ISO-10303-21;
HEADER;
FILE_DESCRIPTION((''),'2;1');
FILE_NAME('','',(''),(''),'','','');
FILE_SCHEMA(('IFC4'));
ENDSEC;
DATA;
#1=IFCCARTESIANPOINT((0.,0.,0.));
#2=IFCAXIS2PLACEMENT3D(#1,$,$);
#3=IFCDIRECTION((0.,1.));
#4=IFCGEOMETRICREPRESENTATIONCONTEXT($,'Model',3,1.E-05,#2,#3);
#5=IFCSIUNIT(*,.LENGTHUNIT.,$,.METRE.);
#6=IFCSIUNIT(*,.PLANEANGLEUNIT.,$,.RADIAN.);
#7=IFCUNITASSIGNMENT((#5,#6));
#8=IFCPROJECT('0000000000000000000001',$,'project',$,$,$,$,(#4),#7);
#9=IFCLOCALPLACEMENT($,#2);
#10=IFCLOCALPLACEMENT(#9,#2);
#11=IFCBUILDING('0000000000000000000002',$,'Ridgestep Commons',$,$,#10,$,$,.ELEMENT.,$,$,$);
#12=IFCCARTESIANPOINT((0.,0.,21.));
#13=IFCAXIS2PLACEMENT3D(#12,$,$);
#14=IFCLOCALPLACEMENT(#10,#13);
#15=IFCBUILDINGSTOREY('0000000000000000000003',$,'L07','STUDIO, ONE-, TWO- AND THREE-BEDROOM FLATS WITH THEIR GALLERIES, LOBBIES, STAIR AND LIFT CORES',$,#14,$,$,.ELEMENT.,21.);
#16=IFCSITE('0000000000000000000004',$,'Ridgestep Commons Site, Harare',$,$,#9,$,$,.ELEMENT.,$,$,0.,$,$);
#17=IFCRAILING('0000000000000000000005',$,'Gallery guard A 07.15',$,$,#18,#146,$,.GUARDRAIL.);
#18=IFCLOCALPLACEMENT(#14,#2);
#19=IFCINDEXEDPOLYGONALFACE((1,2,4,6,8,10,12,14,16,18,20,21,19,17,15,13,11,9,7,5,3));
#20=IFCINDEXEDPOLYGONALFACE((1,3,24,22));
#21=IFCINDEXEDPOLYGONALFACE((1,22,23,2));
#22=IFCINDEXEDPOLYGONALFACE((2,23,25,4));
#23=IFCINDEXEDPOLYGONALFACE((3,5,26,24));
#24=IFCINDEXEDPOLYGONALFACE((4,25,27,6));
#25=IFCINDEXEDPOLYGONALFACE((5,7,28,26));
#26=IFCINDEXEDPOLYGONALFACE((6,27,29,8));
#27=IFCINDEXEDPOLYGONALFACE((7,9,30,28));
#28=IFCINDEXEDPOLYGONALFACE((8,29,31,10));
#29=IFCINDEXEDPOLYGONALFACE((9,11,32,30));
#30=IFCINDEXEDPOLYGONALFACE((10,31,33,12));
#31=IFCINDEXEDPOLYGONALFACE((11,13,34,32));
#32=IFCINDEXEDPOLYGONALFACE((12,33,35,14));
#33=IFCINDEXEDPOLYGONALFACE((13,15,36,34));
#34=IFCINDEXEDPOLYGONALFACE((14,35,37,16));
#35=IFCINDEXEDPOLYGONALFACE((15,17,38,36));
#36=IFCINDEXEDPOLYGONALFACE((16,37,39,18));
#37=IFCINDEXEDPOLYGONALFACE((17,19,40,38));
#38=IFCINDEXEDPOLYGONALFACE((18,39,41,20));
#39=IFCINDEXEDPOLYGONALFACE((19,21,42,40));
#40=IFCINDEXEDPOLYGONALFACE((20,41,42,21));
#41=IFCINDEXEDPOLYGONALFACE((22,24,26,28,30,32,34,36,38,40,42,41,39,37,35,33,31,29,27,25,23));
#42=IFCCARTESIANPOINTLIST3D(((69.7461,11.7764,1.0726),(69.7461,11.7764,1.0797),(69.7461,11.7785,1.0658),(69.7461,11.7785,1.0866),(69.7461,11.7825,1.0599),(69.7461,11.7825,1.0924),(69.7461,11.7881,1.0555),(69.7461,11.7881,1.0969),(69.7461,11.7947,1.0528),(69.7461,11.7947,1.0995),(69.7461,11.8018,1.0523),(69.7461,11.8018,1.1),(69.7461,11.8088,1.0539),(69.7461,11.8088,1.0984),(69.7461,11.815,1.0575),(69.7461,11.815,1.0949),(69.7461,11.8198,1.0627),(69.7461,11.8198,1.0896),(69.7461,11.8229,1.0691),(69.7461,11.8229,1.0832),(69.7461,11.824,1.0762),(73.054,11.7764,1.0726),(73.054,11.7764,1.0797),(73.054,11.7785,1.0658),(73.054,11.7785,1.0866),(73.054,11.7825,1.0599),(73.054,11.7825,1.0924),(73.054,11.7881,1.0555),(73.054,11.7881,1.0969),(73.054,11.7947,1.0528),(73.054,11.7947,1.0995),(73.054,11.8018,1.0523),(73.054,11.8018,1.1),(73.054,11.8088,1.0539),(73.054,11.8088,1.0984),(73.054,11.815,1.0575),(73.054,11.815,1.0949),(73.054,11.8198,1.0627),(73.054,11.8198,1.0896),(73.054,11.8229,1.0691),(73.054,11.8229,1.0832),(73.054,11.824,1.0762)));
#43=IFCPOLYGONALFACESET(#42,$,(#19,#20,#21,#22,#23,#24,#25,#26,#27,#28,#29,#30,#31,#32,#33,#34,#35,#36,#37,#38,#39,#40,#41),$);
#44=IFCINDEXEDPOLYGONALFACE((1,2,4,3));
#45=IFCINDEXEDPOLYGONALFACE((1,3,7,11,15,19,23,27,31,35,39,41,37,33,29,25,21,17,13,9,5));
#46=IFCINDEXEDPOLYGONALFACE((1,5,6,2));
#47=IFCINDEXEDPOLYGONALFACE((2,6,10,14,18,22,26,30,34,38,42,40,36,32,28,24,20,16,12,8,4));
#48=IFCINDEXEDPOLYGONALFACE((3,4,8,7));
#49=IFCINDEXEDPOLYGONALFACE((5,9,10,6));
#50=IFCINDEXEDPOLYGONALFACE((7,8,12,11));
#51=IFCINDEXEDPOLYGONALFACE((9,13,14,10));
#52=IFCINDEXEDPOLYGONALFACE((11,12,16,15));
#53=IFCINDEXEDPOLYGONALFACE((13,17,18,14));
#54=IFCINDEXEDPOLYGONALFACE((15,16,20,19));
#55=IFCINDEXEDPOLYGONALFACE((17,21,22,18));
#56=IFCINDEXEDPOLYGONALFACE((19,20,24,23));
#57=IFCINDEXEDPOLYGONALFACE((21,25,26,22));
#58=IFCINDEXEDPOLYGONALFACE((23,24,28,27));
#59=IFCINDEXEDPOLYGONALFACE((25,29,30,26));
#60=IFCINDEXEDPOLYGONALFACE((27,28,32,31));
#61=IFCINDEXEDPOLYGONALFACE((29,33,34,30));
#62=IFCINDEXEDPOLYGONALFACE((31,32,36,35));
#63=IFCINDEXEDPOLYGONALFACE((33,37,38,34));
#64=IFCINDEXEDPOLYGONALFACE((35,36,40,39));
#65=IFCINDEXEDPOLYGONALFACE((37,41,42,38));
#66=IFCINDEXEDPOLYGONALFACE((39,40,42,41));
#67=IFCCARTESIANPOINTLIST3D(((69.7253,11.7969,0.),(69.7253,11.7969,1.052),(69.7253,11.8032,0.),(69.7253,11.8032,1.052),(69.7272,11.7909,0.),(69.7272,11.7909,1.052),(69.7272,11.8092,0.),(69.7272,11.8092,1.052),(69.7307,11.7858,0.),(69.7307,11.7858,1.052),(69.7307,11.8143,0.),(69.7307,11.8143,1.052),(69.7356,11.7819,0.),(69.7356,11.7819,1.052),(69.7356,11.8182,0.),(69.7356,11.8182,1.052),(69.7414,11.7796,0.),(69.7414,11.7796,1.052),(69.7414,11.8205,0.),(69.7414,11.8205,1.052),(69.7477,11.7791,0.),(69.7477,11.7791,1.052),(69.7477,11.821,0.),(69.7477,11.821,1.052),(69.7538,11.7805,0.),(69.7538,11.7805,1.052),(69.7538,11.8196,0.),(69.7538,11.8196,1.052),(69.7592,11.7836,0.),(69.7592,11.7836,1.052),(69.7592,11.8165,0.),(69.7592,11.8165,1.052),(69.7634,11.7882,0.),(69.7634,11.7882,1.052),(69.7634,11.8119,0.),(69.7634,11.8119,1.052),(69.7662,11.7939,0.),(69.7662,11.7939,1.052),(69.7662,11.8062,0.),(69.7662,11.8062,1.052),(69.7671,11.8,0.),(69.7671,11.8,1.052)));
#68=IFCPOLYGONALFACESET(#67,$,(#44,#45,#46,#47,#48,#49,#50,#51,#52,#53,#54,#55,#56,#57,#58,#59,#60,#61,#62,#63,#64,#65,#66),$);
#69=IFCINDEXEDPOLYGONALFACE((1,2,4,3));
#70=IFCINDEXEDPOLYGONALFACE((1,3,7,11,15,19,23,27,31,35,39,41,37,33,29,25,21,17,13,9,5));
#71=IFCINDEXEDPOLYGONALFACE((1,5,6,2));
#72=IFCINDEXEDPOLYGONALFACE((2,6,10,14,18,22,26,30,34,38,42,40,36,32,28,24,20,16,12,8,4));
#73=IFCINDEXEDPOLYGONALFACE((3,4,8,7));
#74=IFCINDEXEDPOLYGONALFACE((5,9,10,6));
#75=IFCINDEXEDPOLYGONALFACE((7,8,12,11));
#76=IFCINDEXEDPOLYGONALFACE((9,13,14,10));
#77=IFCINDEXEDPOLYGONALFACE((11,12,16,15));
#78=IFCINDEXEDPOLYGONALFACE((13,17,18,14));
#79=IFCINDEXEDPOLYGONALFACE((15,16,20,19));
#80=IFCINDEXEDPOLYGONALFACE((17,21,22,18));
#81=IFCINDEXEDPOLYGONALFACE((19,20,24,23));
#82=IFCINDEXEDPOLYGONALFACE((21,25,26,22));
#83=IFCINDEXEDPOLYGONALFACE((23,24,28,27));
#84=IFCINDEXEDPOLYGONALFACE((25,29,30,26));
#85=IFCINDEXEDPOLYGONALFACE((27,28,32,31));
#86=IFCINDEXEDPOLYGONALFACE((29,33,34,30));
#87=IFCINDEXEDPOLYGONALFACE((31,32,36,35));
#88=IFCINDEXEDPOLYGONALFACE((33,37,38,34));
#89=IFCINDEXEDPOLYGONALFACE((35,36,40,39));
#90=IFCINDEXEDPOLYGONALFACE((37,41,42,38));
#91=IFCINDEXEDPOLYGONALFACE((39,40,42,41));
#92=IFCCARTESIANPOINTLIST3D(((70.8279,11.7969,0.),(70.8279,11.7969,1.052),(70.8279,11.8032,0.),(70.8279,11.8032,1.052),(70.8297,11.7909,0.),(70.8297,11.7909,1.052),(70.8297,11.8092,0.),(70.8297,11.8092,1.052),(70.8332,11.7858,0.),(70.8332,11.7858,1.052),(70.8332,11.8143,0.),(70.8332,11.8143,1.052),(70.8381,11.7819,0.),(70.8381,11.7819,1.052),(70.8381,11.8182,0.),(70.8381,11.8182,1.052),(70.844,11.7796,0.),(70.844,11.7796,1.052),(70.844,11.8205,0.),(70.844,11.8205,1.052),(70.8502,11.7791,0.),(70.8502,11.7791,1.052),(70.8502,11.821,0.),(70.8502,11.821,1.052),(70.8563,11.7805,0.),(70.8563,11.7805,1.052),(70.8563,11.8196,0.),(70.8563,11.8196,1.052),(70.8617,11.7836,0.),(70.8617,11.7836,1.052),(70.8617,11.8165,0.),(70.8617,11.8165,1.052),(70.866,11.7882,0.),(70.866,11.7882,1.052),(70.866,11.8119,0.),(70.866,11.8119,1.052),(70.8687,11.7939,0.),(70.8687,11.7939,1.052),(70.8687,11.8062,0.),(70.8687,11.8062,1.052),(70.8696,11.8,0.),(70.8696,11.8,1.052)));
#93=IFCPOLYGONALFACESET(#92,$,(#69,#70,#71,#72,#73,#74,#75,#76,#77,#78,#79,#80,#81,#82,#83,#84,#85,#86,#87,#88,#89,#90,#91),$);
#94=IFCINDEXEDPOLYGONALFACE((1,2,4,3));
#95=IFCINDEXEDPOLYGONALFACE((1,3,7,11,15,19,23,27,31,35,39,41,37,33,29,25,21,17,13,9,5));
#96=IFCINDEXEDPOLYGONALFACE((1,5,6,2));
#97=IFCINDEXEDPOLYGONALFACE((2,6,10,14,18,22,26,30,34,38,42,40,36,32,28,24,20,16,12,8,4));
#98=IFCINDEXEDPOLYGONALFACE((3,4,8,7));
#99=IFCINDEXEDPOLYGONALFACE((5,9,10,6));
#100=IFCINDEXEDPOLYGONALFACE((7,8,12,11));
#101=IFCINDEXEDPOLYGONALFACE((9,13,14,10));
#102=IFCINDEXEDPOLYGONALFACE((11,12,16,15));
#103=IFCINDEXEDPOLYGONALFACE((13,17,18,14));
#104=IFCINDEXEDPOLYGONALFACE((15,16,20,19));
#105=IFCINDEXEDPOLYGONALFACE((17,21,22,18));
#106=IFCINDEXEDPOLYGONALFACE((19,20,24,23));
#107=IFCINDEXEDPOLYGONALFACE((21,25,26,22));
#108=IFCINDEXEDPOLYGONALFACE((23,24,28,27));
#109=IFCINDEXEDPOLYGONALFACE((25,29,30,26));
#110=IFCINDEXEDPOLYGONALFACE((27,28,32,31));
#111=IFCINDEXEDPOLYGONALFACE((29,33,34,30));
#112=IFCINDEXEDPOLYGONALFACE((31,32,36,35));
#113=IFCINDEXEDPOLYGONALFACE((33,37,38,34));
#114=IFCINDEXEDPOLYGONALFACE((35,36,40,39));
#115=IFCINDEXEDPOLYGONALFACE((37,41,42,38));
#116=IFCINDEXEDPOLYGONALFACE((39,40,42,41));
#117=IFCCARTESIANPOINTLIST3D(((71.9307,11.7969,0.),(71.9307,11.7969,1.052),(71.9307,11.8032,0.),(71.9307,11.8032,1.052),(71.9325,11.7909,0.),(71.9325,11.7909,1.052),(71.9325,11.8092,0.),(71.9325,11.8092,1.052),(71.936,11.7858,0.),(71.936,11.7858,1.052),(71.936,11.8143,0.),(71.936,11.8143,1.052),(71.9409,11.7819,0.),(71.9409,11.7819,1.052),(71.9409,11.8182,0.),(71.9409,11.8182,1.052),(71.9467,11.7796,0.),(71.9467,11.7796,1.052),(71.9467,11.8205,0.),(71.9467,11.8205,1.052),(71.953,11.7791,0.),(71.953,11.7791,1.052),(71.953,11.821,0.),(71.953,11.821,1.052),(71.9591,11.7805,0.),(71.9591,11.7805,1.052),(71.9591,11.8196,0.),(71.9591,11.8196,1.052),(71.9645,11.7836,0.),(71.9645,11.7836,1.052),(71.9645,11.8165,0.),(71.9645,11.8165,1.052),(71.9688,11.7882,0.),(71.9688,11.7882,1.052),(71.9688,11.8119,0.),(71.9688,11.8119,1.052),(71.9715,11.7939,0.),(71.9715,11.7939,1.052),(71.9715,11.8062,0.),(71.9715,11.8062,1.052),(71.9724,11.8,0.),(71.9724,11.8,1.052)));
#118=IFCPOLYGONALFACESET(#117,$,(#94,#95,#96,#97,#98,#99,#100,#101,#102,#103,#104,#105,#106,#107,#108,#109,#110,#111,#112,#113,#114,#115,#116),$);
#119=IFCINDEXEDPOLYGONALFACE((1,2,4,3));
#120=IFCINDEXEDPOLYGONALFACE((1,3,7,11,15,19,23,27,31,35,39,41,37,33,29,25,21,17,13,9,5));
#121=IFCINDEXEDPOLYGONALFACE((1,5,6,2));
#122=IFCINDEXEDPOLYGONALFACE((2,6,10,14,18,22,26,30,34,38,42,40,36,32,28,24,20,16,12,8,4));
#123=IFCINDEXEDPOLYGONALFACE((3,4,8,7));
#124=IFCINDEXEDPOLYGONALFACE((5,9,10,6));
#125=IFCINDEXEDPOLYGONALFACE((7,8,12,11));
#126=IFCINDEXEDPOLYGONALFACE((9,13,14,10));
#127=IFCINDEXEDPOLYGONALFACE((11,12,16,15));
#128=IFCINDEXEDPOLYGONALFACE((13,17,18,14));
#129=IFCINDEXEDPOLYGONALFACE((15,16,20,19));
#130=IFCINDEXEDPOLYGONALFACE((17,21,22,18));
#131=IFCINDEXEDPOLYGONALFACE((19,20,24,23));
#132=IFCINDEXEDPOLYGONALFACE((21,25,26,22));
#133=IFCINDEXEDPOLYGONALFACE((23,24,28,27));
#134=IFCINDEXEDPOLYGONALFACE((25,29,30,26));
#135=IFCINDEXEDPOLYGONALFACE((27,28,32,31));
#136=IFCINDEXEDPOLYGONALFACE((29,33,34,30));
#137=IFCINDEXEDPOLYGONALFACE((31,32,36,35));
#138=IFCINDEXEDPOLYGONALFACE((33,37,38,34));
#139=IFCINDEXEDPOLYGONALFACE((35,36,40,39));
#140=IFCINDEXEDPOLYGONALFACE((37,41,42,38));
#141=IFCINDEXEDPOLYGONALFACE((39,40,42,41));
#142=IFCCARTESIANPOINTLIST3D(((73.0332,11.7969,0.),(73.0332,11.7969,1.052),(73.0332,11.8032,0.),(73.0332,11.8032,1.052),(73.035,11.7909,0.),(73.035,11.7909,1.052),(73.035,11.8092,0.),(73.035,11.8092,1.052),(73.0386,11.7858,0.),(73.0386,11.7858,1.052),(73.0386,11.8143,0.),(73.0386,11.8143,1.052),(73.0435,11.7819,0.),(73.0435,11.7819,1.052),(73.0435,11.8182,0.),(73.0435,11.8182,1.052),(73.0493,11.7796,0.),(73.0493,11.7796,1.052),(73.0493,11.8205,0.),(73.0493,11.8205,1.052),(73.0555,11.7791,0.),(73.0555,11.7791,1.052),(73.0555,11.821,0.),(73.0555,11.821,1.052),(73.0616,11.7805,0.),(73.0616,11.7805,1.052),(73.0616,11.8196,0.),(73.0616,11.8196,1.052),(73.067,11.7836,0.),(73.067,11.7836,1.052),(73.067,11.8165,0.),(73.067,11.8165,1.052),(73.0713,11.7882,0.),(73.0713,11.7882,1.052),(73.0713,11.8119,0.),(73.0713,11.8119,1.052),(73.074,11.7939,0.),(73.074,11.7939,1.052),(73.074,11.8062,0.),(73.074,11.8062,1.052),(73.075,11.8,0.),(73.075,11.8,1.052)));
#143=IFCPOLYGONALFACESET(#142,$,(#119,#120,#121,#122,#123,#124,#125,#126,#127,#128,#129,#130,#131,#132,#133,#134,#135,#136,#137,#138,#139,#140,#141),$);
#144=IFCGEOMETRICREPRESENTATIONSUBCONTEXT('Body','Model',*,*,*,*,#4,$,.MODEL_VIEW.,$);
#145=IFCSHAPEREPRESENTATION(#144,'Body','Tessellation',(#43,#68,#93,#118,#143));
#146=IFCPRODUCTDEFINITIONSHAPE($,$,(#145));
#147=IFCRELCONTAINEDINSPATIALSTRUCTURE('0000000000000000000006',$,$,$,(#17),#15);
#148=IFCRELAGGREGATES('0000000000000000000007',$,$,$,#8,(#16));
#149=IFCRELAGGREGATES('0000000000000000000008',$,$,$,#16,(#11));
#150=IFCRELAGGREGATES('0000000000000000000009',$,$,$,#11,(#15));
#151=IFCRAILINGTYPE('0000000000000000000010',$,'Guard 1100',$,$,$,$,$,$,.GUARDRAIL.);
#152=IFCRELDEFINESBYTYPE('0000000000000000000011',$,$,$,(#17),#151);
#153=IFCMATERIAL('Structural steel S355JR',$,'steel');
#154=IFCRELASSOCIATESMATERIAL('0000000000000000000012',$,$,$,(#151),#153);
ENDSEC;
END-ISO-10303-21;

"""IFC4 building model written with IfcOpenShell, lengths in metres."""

from ifc_helpers import new_model, si_unit, direction, frame, origin, origin_2d, place, context, subcontext, project, spatial, circle, extrude, material, type_object, element, save


model = new_model("IFC4")

# Units and contexts
model_context = context("Model", 3, precision=1e-05, world=origin(), true_north=direction((0.0, 1.0)))
body_context = subcontext(model_context, "Body", "Model", "MODEL_VIEW")
ifc_project = project(units=[si_unit("LENGTHUNIT", "METRE"), si_unit("PLANEANGLEUNIT", "RADIAN")], contexts=[model_context])

# Site, building, storey
site_placement = place(None, origin())
site = spatial("IfcSite", under=ifc_project, at=site_placement, Name="Ridgestep Commons Site, Harare", CompositionType="ELEMENT", RefElevation=0.0)
building_placement = place(site_placement, origin())
building = spatial("IfcBuilding", under=site, at=building_placement, Name="Ridgestep Commons", CompositionType="ELEMENT")
storey_placement = place(building_placement, frame((0.0, 0.0, 21.0)))
storey = spatial("IfcBuildingStorey", under=building, at=storey_placement, Name="L07", Description="STUDIO, ONE-, TWO- AND THREE-BEDROOM FLATS WITH THEIR GALLERIES, LOBBIES, STAIR AND LIFT CORES", CompositionType="ELEMENT", Elevation=21.0)

# Railing
ifc_material_1 = material(Name="Structural steel S355JR", Category="steel")
railing_type = type_object("IfcRailingType", Name="Guard 1100", PredefinedType="GUARDRAIL", material=ifc_material_1)
railing_1_placement = place(storey_placement, frame((69.7461, 11.8, 0.0)))
element("IfcRailing", 1, at=railing_1_placement, inside=storey, type_object=railing_type, Name="Gallery guard A 07.15", PredefinedType="GUARDRAIL", context=body_context, shape_type="SweptSolid", body=[
    extrude(circle(Radius=0.0239, at=origin_2d()), frame((0.0, 0.0, 1.0762), z_axis=(1.0, 0.0, 0.0), x_axis=(0.0, 1.0, 0.0)), (0.0, 0.0, 1.0), 3.3079),
    extrude(circle(Radius=0.021, at=origin_2d()), origin(), (0.0, 0.0, 1.0), 1.052),
    extrude(circle(Radius=0.021, at=origin_2d()), frame((1.1025, 0.0, 0.0)), (0.0, 0.0, 1.0), 1.052),
    extrude(circle(Radius=0.021, at=origin_2d()), frame((2.2053, 0.0, 0.0)), (0.0, 0.0, 1.0), 1.052),
    extrude(circle(Radius=0.021, at=origin_2d()), frame((3.3079, 0.0, 0.0)), (0.0, 0.0, 1.0), 1.052),
])

save(model, "model.ifc")
